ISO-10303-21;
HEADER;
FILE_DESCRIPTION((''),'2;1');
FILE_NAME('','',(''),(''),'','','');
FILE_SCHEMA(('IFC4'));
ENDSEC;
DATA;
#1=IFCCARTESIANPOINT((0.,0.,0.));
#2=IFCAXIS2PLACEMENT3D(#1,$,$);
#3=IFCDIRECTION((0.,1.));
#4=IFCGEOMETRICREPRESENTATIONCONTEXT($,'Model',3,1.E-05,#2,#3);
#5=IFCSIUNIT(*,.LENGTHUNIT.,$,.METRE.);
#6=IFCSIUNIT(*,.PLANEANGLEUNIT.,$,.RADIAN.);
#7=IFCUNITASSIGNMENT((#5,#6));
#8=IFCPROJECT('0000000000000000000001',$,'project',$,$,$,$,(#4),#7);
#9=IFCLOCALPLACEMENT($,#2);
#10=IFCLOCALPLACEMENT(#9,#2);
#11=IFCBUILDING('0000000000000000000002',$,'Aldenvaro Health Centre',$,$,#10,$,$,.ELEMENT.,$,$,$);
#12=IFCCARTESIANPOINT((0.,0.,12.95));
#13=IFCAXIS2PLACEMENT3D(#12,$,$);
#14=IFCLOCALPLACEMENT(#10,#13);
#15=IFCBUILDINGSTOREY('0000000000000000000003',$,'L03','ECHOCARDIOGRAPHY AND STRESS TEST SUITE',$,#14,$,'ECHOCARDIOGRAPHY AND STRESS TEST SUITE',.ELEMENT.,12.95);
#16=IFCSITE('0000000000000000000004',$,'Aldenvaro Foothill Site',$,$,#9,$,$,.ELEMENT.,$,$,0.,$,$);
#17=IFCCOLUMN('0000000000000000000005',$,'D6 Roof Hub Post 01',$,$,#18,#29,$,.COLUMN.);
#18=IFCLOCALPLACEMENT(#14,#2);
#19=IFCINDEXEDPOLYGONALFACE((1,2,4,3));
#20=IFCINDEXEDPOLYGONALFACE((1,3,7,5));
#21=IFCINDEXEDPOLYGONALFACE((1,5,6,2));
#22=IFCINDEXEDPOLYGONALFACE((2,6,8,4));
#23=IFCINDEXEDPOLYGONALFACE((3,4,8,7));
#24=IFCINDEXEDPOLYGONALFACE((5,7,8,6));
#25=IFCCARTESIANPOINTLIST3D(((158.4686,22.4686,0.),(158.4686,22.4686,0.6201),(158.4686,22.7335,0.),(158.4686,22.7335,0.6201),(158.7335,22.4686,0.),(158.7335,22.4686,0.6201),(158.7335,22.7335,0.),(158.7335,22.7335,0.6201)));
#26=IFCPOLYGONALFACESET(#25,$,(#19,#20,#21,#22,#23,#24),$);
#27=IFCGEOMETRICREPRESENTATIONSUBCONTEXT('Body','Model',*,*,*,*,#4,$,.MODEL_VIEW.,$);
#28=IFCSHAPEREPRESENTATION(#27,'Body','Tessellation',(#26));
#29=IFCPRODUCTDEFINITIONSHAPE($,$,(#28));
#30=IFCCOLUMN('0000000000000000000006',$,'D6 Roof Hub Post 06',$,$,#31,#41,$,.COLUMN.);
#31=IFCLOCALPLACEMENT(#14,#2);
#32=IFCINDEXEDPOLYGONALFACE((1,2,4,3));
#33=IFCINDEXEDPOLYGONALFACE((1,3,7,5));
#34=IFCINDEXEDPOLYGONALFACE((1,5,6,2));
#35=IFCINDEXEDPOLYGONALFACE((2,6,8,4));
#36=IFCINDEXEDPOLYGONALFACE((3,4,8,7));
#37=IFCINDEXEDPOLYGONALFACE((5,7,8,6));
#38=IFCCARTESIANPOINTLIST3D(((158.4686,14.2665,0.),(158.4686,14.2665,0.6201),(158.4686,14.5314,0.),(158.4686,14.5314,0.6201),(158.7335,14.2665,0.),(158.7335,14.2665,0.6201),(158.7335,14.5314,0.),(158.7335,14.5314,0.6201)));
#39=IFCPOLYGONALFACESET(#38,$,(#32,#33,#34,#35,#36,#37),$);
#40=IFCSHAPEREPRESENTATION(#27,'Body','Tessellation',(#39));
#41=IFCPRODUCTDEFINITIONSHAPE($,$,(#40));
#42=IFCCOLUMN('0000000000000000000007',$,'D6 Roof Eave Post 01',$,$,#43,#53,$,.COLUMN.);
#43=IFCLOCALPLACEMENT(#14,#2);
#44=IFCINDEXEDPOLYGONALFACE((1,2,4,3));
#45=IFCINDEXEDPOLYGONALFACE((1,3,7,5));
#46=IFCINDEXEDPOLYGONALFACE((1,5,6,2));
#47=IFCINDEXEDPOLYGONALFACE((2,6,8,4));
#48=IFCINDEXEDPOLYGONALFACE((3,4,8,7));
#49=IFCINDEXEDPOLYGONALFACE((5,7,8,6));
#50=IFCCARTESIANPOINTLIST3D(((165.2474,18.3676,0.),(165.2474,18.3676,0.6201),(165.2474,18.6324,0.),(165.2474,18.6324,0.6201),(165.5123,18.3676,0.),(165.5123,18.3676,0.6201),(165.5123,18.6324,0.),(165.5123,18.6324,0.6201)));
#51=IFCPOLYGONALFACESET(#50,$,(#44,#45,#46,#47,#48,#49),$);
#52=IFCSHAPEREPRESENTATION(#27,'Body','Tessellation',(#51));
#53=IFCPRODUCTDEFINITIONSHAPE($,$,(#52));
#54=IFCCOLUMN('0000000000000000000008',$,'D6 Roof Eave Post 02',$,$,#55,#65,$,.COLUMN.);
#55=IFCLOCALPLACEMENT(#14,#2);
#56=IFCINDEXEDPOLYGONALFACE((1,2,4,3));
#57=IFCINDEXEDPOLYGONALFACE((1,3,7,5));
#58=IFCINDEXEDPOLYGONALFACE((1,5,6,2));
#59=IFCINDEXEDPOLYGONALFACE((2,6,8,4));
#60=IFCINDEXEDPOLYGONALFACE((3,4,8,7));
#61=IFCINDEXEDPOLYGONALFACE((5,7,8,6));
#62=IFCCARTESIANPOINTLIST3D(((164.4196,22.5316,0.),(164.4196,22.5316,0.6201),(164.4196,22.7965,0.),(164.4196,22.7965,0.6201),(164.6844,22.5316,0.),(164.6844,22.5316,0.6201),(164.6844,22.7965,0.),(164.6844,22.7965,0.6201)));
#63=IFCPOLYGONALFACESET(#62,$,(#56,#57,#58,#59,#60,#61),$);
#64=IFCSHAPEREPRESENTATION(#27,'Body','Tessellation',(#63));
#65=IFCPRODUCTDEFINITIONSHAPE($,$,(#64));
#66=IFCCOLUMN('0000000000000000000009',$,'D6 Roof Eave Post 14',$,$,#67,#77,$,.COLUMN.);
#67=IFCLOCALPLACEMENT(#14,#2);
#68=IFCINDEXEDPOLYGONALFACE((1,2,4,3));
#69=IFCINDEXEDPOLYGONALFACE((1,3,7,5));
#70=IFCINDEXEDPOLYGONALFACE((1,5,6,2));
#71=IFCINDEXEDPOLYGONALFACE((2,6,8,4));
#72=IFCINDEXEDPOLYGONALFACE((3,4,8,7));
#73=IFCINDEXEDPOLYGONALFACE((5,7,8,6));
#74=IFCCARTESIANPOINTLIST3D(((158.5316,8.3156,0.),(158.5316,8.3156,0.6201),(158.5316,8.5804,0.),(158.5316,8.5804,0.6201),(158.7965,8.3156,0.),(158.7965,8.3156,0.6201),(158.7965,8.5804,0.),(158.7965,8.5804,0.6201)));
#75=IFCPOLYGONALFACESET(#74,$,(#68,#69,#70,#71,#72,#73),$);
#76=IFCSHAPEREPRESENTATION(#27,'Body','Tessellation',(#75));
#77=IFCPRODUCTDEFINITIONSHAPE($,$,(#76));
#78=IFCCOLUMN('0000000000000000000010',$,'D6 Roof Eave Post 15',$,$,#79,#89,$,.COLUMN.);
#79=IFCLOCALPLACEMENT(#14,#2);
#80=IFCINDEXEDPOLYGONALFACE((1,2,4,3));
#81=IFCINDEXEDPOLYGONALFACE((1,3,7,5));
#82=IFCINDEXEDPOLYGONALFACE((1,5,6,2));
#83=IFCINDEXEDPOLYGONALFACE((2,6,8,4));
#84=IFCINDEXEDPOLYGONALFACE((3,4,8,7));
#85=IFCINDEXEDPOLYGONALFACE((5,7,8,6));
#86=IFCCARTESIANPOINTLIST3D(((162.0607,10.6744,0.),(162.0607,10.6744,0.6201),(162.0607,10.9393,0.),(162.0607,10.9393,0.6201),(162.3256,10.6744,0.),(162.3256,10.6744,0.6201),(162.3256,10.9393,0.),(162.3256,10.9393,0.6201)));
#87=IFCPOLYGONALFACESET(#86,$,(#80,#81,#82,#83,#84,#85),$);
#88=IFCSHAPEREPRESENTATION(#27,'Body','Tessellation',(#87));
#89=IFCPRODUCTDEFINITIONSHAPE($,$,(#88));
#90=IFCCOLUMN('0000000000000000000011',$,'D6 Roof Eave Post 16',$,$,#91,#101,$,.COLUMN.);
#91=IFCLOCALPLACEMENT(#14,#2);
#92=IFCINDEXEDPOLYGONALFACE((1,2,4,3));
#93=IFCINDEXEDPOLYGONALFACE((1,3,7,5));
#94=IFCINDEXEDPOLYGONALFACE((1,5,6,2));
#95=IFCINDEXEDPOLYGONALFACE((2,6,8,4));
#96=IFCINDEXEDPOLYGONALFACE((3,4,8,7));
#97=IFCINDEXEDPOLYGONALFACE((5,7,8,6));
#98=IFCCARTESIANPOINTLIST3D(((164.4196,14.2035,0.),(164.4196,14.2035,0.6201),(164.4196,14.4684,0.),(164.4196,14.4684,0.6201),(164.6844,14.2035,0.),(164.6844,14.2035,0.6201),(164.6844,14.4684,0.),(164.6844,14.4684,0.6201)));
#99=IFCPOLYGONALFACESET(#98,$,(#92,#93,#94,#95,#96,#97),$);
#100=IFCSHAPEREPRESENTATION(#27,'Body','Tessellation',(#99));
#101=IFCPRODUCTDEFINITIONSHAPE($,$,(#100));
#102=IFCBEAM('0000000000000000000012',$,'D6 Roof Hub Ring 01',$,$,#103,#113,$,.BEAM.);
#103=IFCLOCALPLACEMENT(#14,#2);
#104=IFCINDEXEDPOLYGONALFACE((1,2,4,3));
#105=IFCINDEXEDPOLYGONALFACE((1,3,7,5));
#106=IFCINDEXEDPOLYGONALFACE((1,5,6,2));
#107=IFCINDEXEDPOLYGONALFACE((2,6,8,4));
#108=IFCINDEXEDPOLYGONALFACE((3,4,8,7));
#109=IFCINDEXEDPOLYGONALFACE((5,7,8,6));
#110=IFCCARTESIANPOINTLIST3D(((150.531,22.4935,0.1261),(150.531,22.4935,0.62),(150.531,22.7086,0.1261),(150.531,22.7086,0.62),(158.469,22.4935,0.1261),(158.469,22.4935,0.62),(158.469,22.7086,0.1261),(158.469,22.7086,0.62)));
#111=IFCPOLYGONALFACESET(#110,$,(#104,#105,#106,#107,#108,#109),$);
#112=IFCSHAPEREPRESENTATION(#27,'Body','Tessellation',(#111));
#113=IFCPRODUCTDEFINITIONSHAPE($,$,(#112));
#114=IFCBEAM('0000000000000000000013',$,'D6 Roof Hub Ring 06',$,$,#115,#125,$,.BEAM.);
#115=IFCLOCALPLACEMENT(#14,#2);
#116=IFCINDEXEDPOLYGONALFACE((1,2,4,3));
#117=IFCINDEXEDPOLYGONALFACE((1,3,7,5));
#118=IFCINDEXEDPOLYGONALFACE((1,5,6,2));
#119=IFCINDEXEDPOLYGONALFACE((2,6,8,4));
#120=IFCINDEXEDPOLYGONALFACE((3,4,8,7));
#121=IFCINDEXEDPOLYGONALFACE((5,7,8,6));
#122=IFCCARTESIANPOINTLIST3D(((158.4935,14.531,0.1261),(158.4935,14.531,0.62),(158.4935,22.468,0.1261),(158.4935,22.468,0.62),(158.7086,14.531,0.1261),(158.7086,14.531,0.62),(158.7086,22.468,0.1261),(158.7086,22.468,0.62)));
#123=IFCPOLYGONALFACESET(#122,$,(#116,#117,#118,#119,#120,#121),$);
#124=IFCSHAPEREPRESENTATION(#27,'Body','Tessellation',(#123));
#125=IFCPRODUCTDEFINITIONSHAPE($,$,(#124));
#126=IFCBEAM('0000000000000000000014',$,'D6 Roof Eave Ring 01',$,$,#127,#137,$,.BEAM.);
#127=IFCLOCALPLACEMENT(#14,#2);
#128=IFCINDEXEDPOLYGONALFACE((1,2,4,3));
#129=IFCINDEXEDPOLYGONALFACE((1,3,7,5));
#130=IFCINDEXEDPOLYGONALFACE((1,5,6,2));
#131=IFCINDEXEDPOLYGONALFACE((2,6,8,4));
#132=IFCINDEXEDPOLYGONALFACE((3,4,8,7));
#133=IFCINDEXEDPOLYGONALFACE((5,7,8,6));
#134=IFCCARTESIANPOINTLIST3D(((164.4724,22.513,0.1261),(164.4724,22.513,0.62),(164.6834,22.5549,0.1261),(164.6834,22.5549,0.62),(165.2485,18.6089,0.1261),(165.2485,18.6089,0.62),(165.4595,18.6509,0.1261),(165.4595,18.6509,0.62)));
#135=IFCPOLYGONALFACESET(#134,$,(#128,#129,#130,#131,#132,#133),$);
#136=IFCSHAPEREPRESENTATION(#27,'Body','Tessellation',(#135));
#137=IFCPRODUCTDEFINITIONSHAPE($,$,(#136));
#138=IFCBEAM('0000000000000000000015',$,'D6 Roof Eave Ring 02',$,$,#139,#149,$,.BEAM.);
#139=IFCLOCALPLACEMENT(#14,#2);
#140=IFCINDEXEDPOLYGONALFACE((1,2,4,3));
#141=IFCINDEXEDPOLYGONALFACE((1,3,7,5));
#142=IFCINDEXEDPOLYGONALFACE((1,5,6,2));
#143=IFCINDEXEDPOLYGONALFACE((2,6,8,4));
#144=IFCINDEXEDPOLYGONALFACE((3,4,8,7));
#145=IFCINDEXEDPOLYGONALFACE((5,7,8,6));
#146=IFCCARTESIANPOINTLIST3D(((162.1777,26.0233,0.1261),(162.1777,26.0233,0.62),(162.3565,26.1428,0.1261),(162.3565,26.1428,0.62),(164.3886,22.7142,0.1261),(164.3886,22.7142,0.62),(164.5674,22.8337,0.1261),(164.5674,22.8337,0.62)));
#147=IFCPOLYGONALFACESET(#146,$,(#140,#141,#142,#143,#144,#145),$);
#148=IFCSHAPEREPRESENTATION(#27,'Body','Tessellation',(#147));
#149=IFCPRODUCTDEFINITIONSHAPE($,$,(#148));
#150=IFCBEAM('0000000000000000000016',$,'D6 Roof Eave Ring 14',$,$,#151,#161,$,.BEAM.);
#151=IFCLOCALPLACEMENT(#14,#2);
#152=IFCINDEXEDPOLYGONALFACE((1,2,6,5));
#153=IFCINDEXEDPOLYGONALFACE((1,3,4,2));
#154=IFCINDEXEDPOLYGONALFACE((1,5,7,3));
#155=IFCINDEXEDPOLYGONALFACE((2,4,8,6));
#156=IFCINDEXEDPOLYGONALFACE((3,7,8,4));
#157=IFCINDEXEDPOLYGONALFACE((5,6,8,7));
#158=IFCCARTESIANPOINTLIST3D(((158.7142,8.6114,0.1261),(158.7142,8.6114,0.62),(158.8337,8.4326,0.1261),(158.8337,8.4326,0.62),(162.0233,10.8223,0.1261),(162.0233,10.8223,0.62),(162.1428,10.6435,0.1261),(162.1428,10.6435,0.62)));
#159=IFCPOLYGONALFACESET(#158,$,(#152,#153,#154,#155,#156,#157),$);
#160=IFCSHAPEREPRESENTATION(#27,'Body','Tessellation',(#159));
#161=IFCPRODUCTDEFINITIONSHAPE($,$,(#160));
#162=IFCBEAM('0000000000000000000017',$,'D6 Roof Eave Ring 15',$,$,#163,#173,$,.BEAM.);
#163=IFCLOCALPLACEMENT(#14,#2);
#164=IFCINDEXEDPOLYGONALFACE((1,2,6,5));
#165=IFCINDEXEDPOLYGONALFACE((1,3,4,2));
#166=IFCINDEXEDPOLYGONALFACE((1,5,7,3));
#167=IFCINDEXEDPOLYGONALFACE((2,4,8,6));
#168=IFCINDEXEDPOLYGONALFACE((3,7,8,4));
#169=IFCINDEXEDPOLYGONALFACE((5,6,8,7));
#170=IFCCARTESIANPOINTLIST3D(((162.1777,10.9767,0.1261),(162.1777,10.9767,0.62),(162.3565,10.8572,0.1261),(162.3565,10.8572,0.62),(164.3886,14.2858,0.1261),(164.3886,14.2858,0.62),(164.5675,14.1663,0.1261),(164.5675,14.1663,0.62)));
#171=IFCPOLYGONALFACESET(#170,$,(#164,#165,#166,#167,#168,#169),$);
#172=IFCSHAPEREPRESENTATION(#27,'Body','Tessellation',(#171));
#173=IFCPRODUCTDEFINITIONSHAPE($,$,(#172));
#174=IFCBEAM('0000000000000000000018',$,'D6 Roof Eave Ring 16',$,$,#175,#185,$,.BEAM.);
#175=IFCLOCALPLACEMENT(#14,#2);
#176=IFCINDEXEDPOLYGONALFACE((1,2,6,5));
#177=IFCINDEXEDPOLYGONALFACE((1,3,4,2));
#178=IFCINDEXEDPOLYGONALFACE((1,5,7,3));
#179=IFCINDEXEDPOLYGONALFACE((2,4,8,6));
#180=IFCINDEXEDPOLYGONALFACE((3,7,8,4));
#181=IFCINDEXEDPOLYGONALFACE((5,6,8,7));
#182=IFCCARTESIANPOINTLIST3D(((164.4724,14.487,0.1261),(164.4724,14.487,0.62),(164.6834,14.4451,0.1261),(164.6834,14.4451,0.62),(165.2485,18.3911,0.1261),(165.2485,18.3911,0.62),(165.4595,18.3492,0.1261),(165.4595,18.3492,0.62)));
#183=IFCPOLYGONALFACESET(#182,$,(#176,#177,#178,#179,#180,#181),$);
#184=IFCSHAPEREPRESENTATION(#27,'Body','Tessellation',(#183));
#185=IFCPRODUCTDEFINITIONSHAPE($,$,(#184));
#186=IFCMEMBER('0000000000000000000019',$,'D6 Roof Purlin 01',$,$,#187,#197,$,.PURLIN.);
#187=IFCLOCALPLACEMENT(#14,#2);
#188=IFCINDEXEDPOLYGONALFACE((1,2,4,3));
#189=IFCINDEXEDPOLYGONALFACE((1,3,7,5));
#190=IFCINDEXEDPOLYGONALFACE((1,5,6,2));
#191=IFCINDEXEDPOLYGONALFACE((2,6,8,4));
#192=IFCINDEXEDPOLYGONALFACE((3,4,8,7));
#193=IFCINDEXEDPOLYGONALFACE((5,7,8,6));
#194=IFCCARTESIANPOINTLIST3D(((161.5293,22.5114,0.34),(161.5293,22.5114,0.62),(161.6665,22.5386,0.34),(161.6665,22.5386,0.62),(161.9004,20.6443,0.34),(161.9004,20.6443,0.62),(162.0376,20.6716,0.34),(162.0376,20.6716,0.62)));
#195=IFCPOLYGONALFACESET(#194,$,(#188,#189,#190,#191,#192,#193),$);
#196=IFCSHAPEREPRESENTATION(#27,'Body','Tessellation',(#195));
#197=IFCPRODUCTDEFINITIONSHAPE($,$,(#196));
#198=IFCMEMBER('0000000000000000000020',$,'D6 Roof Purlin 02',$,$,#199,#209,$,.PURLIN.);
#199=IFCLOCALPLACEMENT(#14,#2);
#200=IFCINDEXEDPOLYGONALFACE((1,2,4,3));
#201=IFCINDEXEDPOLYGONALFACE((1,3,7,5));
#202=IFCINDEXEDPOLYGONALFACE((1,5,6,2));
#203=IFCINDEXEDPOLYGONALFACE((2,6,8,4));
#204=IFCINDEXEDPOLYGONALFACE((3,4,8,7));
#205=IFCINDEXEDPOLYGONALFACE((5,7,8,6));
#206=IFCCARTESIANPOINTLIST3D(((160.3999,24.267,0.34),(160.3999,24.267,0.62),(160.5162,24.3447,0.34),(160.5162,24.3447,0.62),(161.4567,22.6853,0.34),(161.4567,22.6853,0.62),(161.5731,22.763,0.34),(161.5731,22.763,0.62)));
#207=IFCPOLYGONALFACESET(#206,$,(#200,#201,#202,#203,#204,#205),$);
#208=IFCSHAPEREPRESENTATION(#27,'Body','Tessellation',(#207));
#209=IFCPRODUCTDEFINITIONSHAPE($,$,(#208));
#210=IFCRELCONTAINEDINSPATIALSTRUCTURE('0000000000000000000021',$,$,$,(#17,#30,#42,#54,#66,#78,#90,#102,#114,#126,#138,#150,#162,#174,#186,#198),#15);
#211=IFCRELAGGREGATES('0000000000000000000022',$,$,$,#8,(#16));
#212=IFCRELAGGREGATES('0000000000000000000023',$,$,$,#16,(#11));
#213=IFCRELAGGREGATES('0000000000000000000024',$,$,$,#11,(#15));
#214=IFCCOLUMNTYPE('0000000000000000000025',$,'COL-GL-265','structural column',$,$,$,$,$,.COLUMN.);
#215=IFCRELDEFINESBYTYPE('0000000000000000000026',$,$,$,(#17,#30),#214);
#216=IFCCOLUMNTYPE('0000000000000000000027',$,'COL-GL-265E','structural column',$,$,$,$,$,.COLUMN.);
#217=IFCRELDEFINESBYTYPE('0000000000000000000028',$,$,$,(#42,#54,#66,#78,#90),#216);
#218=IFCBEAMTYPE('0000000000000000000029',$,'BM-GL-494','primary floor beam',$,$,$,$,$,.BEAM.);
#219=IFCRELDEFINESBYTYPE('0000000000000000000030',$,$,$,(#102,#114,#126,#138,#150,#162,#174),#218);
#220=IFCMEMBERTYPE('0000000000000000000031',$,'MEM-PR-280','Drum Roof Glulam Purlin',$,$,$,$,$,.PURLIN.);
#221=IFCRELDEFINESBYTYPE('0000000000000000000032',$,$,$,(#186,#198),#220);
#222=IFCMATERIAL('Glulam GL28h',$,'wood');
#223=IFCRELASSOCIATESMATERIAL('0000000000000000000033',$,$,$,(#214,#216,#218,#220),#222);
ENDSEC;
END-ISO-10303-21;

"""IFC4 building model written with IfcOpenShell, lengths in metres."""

from ifc_helpers import new_model, si_unit, direction, frame, origin, origin_2d, place, context, subcontext, project, spatial, rectangle, extrude, material, material_profile, profile_set, type_object, element, save


model = new_model("IFC4")

# Units and contexts
model_context = context("Model", 3, precision=1e-05, world=origin(), true_north=direction((0.0, 1.0)))
body_context = subcontext(model_context, "Body", "Model", "MODEL_VIEW")
ifc_project = project(units=[si_unit("LENGTHUNIT", "METRE"), si_unit("PLANEANGLEUNIT", "RADIAN")], contexts=[model_context])

# Site, building, storey
site_placement = place(None, origin())
site = spatial("IfcSite", under=ifc_project, at=site_placement, Name="Aldenvaro Foothill Site", CompositionType="ELEMENT", RefElevation=0.0)
building_placement = place(site_placement, origin())
building = spatial("IfcBuilding", under=site, at=building_placement, Name="Aldenvaro Health Centre", CompositionType="ELEMENT")
storey_placement = place(building_placement, frame((0.0, 0.0, 12.95)))
storey = spatial("IfcBuildingStorey", under=building, at=storey_placement, Name="L03", Description="ECHOCARDIOGRAPHY AND STRESS TEST SUITE", LongName="ECHOCARDIOGRAPHY AND STRESS TEST SUITE", CompositionType="ELEMENT", Elevation=12.95)

# Columns
ifc_material_1 = material(Name="Glulam GL28h", Category="wood")
ifc_material_profile_1 = material_profile(ifc_material_1, rectangle(XDim=0.2649, YDim=0.2649, at=origin_2d()), Name="GL 265x265", Category="wood")
ifc_profile_set_1 = profile_set([ifc_material_profile_1], Name="Glulam GL28h")
column_type_1 = type_object("IfcColumnType", Name="COL-GL-265", Description="structural column", PredefinedType="COLUMN", material=ifc_profile_set_1)
for number, where, z_axis, x_axis, name in (
    (1, (158.6011, 22.6011, 0.0), (0.0, 0.0, 1.0), (1.0, 0.0, 0.0), "D6 Roof Hub Post 01"),
    (2, (158.6011, 14.3989, 0.0), (0.0, 0.0, 1.0), (1.0, 0.0, 0.0), "D6 Roof Hub Post 06"),
):
    element("IfcColumn", number, at=place(storey_placement, frame(where, z_axis=z_axis, x_axis=x_axis)), inside=storey, type_object=column_type_1, Name=name, PredefinedType="COLUMN", context=body_context, shape_type="SweptSolid", body=[
        extrude(rectangle(XDim=0.2649, YDim=0.2649, at=origin_2d()), origin(), (0.0, 0.0, 1.0), 0.6201),
    ])
ifc_material_profile_2 = material_profile(ifc_material_1, rectangle(XDim=0.2649, YDim=0.2649, at=origin_2d()), Name="GL 265x265", Category="wood")
ifc_profile_set_2 = profile_set([ifc_material_profile_2], Name="Glulam GL28h")
column_type_2 = type_object("IfcColumnType", Name="COL-GL-265E", Description="structural column", PredefinedType="COLUMN", material=ifc_profile_set_2)
for number, where, z_axis, x_axis, name in (
    (3, (165.3799, 18.5, 0.0), (0.0, 0.0, 1.0), (1.0, 0.0, 0.0), "D6 Roof Eave Post 01"),
    (4, (164.552, 22.6641, 0.0), (0.0, 0.0, 1.0), (1.0, 0.0, 0.0), "D6 Roof Eave Post 02"),
    (5, (158.6641, 8.448, 0.0), (0.0, 0.0, 1.0), (1.0, 0.0, 0.0), "D6 Roof Eave Post 14"),
    (6, (162.1931, 10.8069, 0.0), (0.0, 0.0, 1.0), (1.0, 0.0, 0.0), "D6 Roof Eave Post 15"),
    (7, (164.552, 14.3359, 0.0), (0.0, 0.0, 1.0), (1.0, 0.0, 0.0), "D6 Roof Eave Post 16"),
):
    element("IfcColumn", number, at=place(storey_placement, frame(where, z_axis=z_axis, x_axis=x_axis)), inside=storey, type_object=column_type_2, Name=name, PredefinedType="COLUMN", context=body_context, shape_type="SweptSolid", body=[
        extrude(rectangle(XDim=0.2649, YDim=0.2649, at=origin_2d()), origin(), (0.0, 0.0, 1.0), 0.6201),
    ])

# Beams
ifc_material_profile_3 = material_profile(ifc_material_1, rectangle(XDim=0.2151, YDim=0.4939, at=origin_2d()), Name="GL 215x494", Category="wood")
ifc_profile_set_3 = profile_set([ifc_material_profile_3], Name="Glulam GL28h")
beam_type = type_object("IfcBeamType", Name="BM-GL-494", Description="primary floor beam", PredefinedType="BEAM", material=ifc_profile_set_3)
beam_1_placement = place(storey_placement, frame((158.469, 22.6011, 0.373), z_axis=(-1.0, 0.0, 0.0), x_axis=(0.0, -1.0, 0.0)))
element("IfcBeam", 8, at=beam_1_placement, inside=storey, type_object=beam_type, Name="D6 Roof Hub Ring 01", PredefinedType="BEAM", context=body_context, shape_type="SweptSolid", body=[
    extrude(rectangle(XDim=0.2151, YDim=0.4939, at=origin_2d()), origin(), (0.0, 0.0, 1.0), 7.938),
])
beam_2_placement = place(storey_placement, frame((158.6011, 14.531, 0.373), z_axis=(0.0, 1.0, 0.0), x_axis=(-1.0, 0.0, 0.0)))
element("IfcBeam", 9, at=beam_2_placement, inside=storey, type_object=beam_type, Name="D6 Roof Hub Ring 06", PredefinedType="BEAM", context=body_context, shape_type="SweptSolid", body=[
    extrude(rectangle(XDim=0.2151, YDim=0.4939, at=origin_2d()), origin(), (0.0, 0.0, 1.0), 7.937),
])
beam_3_placement = place(storey_placement, frame((165.354, 18.6299, 0.373), z_axis=(-0.194984, 0.980806, 0.0), x_axis=(-0.980806, -0.194984, 0.0)))
element("IfcBeam", 10, at=beam_3_placement, inside=storey, type_object=beam_type, Name="D6 Roof Eave Ring 01", PredefinedType="BEAM", context=body_context, shape_type="SweptSolid", body=[
    extrude(rectangle(XDim=0.2151, YDim=0.4939, at=origin_2d()), origin(), (0.0, 0.0, 1.0), 3.9805),
])
for number, where, z_axis, x_axis, name in (
    (11, (164.478, 22.7739, 0.373), (-0.555549, 0.831484, 0.0), (-0.831484, -0.555549, 0.0), "D6 Roof Eave Ring 02"),
    (12, (158.7739, 8.522, 0.373), (0.831484, 0.555549, 0.0), (-0.555549, 0.831484, 0.0), "D6 Roof Eave Ring 14"),
    (13, (162.2671, 10.917, 0.373), (0.555549, 0.831484, 0.0), (-0.831484, 0.555549, 0.0), "D6 Roof Eave Ring 15"),
):
    element("IfcBeam", number, at=place(storey_placement, frame(where, z_axis=z_axis, x_axis=x_axis)), inside=storey, type_object=beam_type, Name=name, PredefinedType="BEAM", context=body_context, shape_type="SweptSolid", body=[
        extrude(rectangle(XDim=0.2151, YDim=0.4939, at=origin_2d()), origin(), (0.0, 0.0, 1.0), 3.9797),
    ])
beam_4_placement = place(storey_placement, frame((164.5779, 14.4661, 0.373), z_axis=(0.194984, 0.980806, 0.0), x_axis=(-0.980806, 0.194984, 0.0)))
element("IfcBeam", 14, at=beam_4_placement, inside=storey, type_object=beam_type, Name="D6 Roof Eave Ring 16", PredefinedType="BEAM", context=body_context, shape_type="SweptSolid", body=[
    extrude(rectangle(XDim=0.2151, YDim=0.4939, at=origin_2d()), origin(), (0.0, 0.0, 1.0), 3.9805),
])

# Members
ifc_material_profile_4 = material_profile(ifc_material_1, rectangle(XDim=0.1399, YDim=0.28, at=origin_2d()), Name="GL 140x280", Category="wood")
ifc_profile_set_4 = profile_set([ifc_material_profile_4], Name="Glulam GL28h")
member_type_1 = type_object("IfcMemberType", Name="MEM-PR-280", Description="Drum Roof Glulam Purlin", PredefinedType="PURLIN", material=ifc_profile_set_4)
member_1_placement = place(storey_placement, frame((161.969, 20.658, 0.48), z_axis=(-0.194957, 0.980812, 0.0), x_axis=(-0.980812, -0.194957, 0.0)))
element("IfcMember", 15, at=member_1_placement, inside=storey, type_object=member_type_1, Name="D6 Roof Purlin 01", PredefinedType="PURLIN", context=body_context, shape_type="SweptSolid", body=[
    extrude(rectangle(XDim=0.1399, YDim=0.28, at=origin_2d()), origin(), (0.0, 0.0, 1.0), 1.9036),
])
for number, where, z_axis, x_axis, name in (
    (16, (161.5149, 22.7241, 0.48), (-0.555559, 0.831477, 0.0), (-0.831477, -0.555559, 0.0), "D6 Roof Purlin 02"),
):
    element("IfcMember", number, at=place(storey_placement, frame(where, z_axis=z_axis, x_axis=x_axis)), inside=storey, type_object=member_type_1, Name=name, PredefinedType="PURLIN", context=body_context, shape_type="SweptSolid", body=[
        extrude(rectangle(XDim=0.1399, YDim=0.28, at=origin_2d()), origin(), (0.0, 0.0, 1.0), 1.9023),
    ])

save(model, "model.ifc")
